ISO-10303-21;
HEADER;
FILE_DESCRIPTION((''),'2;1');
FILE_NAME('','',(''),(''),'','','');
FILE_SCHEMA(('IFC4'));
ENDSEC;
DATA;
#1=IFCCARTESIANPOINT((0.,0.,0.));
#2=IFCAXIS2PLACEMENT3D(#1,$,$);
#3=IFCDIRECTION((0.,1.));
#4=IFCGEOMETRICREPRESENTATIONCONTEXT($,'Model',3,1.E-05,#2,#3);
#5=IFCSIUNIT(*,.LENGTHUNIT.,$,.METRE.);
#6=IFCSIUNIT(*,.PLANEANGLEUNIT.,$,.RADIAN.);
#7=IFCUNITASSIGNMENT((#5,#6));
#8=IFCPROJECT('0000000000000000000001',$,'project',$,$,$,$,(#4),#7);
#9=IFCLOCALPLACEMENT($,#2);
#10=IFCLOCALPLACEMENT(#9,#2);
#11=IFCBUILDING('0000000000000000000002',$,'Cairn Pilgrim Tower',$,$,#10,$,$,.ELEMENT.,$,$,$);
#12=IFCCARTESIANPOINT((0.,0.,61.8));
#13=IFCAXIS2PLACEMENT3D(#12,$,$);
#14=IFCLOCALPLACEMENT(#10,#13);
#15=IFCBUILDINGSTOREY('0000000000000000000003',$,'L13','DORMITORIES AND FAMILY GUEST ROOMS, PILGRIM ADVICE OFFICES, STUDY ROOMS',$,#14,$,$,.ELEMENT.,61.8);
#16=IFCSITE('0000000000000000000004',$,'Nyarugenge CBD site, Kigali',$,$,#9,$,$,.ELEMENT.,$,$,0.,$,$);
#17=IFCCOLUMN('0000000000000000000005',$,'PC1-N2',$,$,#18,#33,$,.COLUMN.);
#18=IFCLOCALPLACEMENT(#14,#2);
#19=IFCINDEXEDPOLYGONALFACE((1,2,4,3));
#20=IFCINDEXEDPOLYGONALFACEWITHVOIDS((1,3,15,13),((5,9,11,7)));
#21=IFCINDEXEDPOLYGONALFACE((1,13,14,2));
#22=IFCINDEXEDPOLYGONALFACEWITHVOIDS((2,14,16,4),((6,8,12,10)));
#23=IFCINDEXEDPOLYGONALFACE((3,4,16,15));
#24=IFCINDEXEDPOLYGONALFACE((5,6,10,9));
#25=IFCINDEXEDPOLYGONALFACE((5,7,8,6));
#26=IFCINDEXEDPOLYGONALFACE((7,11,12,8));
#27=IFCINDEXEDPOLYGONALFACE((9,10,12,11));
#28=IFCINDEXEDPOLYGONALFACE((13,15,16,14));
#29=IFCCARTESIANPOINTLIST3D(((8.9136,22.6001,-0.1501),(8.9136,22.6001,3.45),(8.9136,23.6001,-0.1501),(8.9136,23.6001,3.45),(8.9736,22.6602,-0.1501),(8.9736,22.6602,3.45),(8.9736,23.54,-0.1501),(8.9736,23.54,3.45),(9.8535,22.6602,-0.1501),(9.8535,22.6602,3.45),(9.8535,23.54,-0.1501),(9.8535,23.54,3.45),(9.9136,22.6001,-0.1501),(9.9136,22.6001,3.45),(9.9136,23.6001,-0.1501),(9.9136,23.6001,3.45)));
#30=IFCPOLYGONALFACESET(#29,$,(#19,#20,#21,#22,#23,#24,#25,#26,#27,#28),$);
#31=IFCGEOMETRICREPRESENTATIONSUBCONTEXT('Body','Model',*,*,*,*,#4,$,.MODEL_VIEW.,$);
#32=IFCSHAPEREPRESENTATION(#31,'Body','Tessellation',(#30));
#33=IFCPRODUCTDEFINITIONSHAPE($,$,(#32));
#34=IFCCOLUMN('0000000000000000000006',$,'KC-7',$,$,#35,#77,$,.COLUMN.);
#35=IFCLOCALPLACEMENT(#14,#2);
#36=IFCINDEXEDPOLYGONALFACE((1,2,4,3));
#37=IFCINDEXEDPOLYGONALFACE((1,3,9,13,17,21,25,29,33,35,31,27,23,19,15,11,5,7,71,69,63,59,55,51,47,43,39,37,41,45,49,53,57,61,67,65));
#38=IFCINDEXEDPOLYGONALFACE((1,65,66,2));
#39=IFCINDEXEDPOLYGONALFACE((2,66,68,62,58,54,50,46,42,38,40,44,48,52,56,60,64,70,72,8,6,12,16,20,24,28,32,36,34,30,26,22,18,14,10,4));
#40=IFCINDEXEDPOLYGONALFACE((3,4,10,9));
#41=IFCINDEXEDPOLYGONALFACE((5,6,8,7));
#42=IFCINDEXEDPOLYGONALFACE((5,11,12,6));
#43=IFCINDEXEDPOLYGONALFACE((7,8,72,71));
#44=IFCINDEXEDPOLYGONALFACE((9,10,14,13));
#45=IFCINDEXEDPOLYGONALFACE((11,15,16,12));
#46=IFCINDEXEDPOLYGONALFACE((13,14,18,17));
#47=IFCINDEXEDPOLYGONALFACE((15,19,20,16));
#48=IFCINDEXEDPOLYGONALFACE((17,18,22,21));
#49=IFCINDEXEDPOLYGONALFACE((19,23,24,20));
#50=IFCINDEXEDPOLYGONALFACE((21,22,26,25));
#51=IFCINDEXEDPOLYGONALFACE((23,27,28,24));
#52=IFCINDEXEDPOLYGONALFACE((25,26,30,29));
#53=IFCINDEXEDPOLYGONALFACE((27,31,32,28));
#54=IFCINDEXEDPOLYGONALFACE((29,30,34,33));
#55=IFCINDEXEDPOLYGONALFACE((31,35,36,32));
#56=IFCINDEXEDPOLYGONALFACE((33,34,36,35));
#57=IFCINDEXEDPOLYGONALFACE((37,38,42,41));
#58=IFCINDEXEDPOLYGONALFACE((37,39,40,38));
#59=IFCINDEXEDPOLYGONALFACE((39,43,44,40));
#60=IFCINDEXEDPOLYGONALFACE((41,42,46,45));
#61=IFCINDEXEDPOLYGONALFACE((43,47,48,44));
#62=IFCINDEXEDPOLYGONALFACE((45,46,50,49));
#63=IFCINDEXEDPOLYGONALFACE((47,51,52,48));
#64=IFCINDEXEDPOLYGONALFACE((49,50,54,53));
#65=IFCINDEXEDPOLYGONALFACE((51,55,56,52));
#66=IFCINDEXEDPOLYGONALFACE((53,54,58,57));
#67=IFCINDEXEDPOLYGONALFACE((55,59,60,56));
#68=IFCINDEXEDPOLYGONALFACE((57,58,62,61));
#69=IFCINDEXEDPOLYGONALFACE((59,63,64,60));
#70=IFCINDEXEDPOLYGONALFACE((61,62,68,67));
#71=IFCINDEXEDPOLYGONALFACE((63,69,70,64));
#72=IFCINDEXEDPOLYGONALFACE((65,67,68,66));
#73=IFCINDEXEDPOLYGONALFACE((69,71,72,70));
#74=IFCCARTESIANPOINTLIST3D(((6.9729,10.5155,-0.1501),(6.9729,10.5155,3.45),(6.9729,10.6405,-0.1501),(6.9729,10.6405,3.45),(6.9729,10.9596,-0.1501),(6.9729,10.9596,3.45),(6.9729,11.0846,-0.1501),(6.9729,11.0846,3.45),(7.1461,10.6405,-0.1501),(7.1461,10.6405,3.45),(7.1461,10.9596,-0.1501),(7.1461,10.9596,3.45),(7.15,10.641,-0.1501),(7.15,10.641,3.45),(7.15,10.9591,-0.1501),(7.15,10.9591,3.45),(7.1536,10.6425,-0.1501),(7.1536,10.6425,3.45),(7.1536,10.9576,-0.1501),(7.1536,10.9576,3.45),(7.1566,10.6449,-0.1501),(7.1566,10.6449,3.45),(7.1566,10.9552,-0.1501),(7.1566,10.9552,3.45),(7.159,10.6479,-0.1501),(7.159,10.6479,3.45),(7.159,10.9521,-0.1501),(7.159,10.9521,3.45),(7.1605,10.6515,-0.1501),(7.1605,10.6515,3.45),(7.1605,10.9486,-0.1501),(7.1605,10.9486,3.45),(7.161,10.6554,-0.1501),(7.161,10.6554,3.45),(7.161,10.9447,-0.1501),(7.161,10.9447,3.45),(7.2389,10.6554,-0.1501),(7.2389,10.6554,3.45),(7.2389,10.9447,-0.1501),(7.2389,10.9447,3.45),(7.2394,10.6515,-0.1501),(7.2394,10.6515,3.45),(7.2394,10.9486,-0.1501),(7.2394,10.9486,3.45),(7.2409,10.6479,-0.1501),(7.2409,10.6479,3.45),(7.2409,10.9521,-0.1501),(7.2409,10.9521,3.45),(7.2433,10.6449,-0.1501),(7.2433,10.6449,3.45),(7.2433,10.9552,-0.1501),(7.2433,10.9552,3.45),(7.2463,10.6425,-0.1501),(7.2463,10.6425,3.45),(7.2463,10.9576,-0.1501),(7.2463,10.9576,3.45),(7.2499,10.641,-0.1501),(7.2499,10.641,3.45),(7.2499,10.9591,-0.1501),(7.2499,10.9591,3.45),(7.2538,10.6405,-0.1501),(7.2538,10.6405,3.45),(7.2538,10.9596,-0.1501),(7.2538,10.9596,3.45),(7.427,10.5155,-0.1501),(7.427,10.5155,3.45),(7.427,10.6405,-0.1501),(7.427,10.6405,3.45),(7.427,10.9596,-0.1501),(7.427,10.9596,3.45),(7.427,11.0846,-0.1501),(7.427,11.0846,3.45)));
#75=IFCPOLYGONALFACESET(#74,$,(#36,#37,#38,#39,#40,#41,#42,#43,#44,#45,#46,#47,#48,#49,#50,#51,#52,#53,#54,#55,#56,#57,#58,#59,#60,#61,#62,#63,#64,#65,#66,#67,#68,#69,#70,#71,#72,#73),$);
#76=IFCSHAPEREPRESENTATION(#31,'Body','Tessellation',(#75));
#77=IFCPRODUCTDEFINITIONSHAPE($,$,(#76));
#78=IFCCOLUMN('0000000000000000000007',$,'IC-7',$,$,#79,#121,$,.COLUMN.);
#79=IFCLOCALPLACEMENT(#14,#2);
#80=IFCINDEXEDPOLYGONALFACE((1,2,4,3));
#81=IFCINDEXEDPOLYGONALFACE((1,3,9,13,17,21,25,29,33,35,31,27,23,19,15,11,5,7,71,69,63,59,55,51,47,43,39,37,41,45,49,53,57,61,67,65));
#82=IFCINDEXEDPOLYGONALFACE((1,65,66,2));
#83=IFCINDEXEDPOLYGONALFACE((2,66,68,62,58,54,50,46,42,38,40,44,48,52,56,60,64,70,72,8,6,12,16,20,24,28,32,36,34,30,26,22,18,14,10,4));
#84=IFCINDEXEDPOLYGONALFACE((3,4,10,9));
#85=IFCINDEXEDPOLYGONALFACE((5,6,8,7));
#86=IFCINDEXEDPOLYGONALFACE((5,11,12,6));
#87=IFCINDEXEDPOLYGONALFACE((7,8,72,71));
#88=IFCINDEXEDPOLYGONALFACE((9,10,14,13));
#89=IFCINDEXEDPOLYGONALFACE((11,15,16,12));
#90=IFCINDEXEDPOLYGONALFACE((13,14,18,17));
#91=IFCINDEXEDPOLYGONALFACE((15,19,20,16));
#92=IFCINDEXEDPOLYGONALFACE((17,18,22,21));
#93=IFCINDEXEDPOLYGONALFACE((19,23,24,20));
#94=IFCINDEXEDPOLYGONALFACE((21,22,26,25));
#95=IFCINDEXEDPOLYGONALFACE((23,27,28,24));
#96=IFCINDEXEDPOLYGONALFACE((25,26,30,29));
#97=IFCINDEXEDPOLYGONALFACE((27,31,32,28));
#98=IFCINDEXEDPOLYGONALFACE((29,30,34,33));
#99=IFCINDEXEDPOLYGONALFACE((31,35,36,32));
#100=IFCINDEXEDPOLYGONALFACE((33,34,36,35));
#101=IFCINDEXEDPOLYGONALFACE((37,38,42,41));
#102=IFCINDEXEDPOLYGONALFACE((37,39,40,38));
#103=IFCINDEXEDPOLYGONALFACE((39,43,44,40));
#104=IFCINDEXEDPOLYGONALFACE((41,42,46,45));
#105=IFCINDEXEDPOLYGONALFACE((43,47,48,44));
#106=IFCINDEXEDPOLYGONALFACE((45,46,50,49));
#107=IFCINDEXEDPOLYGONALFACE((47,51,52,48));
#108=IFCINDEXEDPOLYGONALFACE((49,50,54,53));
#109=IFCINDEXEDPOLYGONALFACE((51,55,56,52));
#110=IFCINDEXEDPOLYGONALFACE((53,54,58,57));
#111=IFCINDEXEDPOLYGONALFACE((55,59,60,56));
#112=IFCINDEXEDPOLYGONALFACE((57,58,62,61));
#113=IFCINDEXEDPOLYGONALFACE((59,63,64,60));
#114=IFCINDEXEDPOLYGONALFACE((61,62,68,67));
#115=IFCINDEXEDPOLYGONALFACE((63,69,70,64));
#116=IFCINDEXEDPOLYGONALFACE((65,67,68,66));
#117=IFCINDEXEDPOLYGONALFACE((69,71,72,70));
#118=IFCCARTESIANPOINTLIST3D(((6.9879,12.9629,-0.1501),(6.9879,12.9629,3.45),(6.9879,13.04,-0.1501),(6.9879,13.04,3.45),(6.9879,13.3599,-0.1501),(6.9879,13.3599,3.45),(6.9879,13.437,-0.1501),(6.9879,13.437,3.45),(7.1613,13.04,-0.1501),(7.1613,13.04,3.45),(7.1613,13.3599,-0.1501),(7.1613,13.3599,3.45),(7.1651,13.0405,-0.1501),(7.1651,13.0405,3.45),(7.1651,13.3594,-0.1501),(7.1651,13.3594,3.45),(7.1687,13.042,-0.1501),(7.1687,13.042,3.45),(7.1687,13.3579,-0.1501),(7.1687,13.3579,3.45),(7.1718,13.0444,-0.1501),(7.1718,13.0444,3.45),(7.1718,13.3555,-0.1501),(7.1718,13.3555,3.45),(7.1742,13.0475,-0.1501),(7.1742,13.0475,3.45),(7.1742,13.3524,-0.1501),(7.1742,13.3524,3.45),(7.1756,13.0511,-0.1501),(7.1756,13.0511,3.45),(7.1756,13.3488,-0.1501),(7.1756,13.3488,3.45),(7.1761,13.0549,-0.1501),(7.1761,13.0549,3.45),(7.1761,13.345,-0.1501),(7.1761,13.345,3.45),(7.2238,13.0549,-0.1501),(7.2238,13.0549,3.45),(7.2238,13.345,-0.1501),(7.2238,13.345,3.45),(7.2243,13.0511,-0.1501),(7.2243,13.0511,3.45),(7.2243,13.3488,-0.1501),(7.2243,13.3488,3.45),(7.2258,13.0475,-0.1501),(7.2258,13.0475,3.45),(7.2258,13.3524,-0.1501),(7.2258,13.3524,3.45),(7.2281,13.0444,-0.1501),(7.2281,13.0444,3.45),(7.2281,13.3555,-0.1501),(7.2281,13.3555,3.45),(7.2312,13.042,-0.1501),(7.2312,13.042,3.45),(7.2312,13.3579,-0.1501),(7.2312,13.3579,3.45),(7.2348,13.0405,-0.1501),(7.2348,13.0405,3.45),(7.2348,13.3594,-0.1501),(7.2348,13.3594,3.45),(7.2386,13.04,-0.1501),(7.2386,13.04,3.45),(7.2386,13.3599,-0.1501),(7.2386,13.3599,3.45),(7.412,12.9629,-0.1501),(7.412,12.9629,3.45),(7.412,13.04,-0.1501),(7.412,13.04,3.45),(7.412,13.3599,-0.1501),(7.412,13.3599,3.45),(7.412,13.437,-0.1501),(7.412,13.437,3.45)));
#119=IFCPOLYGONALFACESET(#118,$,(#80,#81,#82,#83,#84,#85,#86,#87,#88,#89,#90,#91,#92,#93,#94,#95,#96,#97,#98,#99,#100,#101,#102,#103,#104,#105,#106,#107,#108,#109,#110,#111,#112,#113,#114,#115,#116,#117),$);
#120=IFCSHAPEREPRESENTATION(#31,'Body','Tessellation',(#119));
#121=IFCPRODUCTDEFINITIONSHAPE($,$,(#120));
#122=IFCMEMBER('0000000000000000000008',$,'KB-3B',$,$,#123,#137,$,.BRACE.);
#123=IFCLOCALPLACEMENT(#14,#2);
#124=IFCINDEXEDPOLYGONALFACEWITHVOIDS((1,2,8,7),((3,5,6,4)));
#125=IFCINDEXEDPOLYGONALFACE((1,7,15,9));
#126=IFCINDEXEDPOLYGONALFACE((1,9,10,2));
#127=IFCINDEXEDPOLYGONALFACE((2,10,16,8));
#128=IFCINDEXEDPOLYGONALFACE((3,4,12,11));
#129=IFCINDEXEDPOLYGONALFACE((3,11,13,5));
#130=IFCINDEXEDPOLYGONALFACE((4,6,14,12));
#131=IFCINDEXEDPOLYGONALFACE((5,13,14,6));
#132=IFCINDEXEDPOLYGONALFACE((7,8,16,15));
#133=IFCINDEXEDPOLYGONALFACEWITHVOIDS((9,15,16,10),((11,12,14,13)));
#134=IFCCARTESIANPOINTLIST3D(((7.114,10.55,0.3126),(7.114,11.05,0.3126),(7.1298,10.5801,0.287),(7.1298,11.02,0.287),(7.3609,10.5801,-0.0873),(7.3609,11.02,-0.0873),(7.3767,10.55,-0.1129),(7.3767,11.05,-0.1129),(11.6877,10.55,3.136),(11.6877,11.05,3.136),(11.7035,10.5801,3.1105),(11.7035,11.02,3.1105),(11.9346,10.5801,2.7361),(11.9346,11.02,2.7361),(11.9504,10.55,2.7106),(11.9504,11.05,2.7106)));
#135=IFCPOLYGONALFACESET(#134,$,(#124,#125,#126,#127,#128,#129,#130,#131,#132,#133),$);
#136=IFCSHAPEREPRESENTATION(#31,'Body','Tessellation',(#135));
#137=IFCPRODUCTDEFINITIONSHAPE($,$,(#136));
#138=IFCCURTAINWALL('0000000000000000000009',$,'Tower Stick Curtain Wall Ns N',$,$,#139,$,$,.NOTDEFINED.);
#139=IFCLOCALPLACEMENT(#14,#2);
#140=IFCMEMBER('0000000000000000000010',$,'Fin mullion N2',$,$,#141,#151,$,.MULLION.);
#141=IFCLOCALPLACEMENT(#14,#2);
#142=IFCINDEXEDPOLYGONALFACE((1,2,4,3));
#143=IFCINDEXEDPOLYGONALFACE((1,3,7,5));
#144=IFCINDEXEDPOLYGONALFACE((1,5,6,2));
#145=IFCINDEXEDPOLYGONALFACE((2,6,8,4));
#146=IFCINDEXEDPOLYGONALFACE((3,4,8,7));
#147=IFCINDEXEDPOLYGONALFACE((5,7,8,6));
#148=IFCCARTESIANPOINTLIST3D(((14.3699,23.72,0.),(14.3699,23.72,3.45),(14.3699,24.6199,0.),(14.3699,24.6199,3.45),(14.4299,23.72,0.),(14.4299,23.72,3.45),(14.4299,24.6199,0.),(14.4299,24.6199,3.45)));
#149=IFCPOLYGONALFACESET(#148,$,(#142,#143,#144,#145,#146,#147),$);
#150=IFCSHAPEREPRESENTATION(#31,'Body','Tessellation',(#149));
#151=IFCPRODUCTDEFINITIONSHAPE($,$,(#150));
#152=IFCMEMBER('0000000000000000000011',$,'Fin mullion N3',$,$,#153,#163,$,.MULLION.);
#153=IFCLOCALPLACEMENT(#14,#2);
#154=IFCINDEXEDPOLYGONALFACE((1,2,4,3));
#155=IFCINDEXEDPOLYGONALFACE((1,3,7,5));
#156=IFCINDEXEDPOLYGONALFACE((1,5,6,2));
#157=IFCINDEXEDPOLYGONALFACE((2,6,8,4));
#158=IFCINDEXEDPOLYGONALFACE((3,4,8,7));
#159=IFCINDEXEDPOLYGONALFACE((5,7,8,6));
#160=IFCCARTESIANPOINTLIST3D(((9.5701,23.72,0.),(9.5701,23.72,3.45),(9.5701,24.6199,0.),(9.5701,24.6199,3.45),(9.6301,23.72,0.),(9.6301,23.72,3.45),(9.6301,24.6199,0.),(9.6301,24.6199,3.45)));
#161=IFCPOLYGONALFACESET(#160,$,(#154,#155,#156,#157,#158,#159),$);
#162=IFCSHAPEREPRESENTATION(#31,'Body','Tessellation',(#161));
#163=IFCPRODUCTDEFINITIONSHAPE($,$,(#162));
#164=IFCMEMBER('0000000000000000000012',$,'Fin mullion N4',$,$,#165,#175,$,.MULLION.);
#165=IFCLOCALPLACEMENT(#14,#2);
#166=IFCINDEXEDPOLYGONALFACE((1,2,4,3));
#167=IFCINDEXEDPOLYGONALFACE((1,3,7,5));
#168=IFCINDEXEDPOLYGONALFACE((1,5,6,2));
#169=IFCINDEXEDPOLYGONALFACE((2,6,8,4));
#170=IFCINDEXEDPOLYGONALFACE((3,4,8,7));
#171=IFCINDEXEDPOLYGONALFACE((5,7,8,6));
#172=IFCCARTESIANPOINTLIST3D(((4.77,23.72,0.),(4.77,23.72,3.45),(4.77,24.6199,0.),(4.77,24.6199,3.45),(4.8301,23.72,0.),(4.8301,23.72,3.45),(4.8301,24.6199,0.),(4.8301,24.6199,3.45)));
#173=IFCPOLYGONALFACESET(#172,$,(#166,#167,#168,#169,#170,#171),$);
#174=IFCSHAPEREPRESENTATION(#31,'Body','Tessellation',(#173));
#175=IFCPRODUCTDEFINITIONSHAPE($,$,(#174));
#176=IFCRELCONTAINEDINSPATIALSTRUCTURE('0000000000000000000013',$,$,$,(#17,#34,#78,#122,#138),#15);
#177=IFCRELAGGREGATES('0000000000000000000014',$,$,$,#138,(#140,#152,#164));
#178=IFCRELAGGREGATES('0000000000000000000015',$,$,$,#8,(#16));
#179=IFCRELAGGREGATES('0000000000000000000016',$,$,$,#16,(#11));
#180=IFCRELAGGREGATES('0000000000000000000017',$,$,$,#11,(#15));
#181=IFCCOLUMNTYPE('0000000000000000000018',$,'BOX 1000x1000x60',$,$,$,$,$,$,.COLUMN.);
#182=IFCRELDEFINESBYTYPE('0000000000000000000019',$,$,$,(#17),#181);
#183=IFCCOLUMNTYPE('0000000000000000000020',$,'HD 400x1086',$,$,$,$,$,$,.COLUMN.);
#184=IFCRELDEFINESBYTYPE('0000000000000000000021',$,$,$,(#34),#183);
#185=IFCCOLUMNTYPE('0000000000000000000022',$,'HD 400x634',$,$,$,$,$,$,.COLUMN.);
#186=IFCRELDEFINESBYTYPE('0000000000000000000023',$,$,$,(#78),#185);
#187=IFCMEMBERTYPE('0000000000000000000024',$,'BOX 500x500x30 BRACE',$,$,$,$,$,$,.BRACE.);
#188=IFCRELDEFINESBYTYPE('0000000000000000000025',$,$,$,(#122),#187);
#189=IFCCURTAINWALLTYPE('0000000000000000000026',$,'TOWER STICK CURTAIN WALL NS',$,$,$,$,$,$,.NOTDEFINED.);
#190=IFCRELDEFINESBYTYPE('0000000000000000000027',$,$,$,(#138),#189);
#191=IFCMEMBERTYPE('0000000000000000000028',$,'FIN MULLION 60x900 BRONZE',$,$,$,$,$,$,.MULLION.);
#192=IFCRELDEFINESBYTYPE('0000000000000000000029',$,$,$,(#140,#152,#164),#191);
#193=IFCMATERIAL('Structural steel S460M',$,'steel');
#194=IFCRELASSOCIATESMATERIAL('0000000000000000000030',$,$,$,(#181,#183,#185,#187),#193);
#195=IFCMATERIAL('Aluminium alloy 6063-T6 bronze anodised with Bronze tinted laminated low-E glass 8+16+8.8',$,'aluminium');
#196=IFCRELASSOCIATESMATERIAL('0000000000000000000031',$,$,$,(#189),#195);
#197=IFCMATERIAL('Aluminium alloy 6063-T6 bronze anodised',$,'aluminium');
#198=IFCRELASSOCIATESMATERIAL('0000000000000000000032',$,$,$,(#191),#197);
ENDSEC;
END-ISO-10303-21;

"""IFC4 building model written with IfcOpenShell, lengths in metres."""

from ifc_helpers import new_model, si_unit, direction, frame, origin, origin_2d, place, context, subcontext, project, spatial, rectangle, hollow_rectangle, i_section, extrude, material, material_profile, profile_set, type_object, element, aggregate, save


model = new_model("IFC4")

# Units and contexts
model_context = context("Model", 3, precision=1e-05, world=origin(), true_north=direction((0.0, 1.0)))
body_context = subcontext(model_context, "Body", "Model", "MODEL_VIEW")
ifc_project = project(units=[si_unit("LENGTHUNIT", "METRE"), si_unit("PLANEANGLEUNIT", "RADIAN")], contexts=[model_context])

# Site, building, storey
site_placement = place(None, origin())
site = spatial("IfcSite", under=ifc_project, at=site_placement, Name="Nyarugenge CBD site, Kigali", CompositionType="ELEMENT", RefElevation=0.0)
building_placement = place(site_placement, origin())
building = spatial("IfcBuilding", under=site, at=building_placement, Name="Cairn Pilgrim Tower", CompositionType="ELEMENT")
storey_placement = place(building_placement, frame((0.0, 0.0, 61.8)))
storey = spatial("IfcBuildingStorey", under=building, at=storey_placement, Name="L13", Description="DORMITORIES AND FAMILY GUEST ROOMS, PILGRIM ADVICE OFFICES, STUDY ROOMS", CompositionType="ELEMENT", Elevation=61.8)

# Columns
ifc_material_1 = material(Name="Structural steel S460M", Category="steel")
ifc_material_profile_1 = material_profile(ifc_material_1, hollow_rectangle(XDim=1.0, YDim=1.0, WallThickness=0.0601, at=origin_2d()), Name="BOX 1000x1000x60")
ifc_profile_set_1 = profile_set([ifc_material_profile_1], Name="Structural steel S460M")
column_type_1 = type_object("IfcColumnType", Name="BOX 1000x1000x60", PredefinedType="COLUMN", material=ifc_profile_set_1)
column_1_placement = place(storey_placement, frame((9.4136, 23.1001, -0.1501), z_axis=(0.0, 0.0, 1.0), x_axis=(1.0, 0.0, 0.0)))
element("IfcColumn", 1, at=column_1_placement, inside=storey, type_object=column_type_1, Name="PC1-N2", PredefinedType="COLUMN", context=body_context, shape_type="SweptSolid", body=[
    extrude(hollow_rectangle(XDim=1.0, YDim=1.0, WallThickness=0.0601, at=origin_2d()), origin(), (0.0, 0.0, 1.0), 3.6001),
])
ifc_material_profile_2 = material_profile(ifc_material_1, i_section(OverallWidth=0.4541, OverallDepth=0.5691, WebThickness=0.0779, FlangeThickness=0.125, FilletRadius=0.0149, at=origin_2d()), Name="HD 400x1086")
ifc_profile_set_2 = profile_set([ifc_material_profile_2], Name="Structural steel S460M")
column_type_2 = type_object("IfcColumnType", Name="HD 400x1086", PredefinedType="COLUMN", material=ifc_profile_set_2)
column_2_placement = place(storey_placement, frame((7.2, 10.8, -0.1501), z_axis=(0.0, 0.0, 1.0), x_axis=(1.0, 0.0, 0.0)))
element("IfcColumn", 2, at=column_2_placement, inside=storey, type_object=column_type_2, Name="KC-7", PredefinedType="COLUMN", context=body_context, shape_type="SweptSolid", body=[
    extrude(i_section(OverallWidth=0.4541, OverallDepth=0.5691, WebThickness=0.0779, FlangeThickness=0.125, FilletRadius=0.0149, at=origin_2d()), origin(), (0.0, 0.0, 1.0), 3.6001),
])
ifc_material_profile_3 = material_profile(ifc_material_1, i_section(OverallWidth=0.4241, OverallDepth=0.4741, WebThickness=0.0476, FlangeThickness=0.0771, FilletRadius=0.0149, at=origin_2d()), Name="HD 400x634")
ifc_profile_set_3 = profile_set([ifc_material_profile_3], Name="Structural steel S460M")
column_type_3 = type_object("IfcColumnType", Name="HD 400x634", PredefinedType="COLUMN", material=ifc_profile_set_3)
column_3_placement = place(storey_placement, frame((7.2, 13.2, -0.1501), z_axis=(0.0, 0.0, 1.0), x_axis=(1.0, 0.0, 0.0)))
element("IfcColumn", 3, at=column_3_placement, inside=storey, type_object=column_type_3, Name="IC-7", PredefinedType="COLUMN", context=body_context, shape_type="SweptSolid", body=[
    extrude(i_section(OverallWidth=0.4241, OverallDepth=0.4741, WebThickness=0.0476, FlangeThickness=0.0771, FilletRadius=0.0149, at=origin_2d()), origin(), (0.0, 0.0, 1.0), 3.6001),
])

# Member
ifc_material_profile_4 = material_profile(ifc_material_1, hollow_rectangle(XDim=0.5, YDim=0.5, WallThickness=0.03, at=origin_2d()), Name="BOX 500x500x30")
ifc_profile_set_4 = profile_set([ifc_material_profile_4], Name="Structural steel S460M")
member_type_1 = type_object("IfcMemberType", Name="BOX 500x500x30 BRACE", PredefinedType="BRACE", material=ifc_profile_set_4)
member_1_placement = place(storey_placement, frame((7.2454, 10.8, 0.0999), z_axis=(0.85092, 0.0, 0.525296), x_axis=(0.0, 1.0, 0.0)))
element("IfcMember", 4, at=member_1_placement, inside=storey, type_object=member_type_1, Name="KB-3B", PredefinedType="BRACE", context=body_context, shape_type="SweptSolid", body=[
    extrude(hollow_rectangle(XDim=0.5, YDim=0.5, WallThickness=0.03, at=origin_2d()), origin(), (0.0, 0.0, 1.0), 5.375),
])

# Curtain wall, members
ifc_material_2 = material(Name="Aluminium alloy 6063-T6 bronze anodised with Bronze tinted laminated low-E glass 8+16+8.8", Category="aluminium")
curtain_wall_type = type_object("IfcCurtainWallType", Name="TOWER STICK CURTAIN WALL NS", PredefinedType="NOTDEFINED", material=ifc_material_2)
curtain_wall_placement = place(storey_placement, origin())
curtain_wall = element("IfcCurtainWall", 5, at=curtain_wall_placement, inside=storey, type_object=curtain_wall_type, Name="Tower Stick Curtain Wall Ns N", PredefinedType="NOTDEFINED")
ifc_material_3 = material(Name="Aluminium alloy 6063-T6 bronze anodised", Category="aluminium")
ifc_material_profile_5 = material_profile(ifc_material_3, rectangle(XDim=0.8999, YDim=0.0601, at=origin_2d()), Name="FIN MULLION 60x900 BRONZE")
ifc_profile_set_5 = profile_set([ifc_material_profile_5], Name="Aluminium alloy 6063-T6 bronze anodised")
member_type_2 = type_object("IfcMemberType", Name="FIN MULLION 60x900 BRONZE", PredefinedType="MULLION", material=ifc_profile_set_5)
member_2_placement = place(storey_placement, frame((14.3999, 24.1699, 0.0), z_axis=(0.0, 0.0, 1.0), x_axis=(0.0, 1.0, 0.0)))
member_2 = element("IfcMember", 6, at=member_2_placement, type_object=member_type_2, Name="Fin mullion N2", PredefinedType="MULLION", context=body_context, shape_type="SweptSolid", body=[
    extrude(rectangle(XDim=0.8999, YDim=0.0601, at=origin_2d()), origin(), (0.0, 0.0, 1.0), 3.45),
])
member_3_placement = place(storey_placement, frame((9.6001, 24.1699, 0.0), z_axis=(0.0, 0.0, 1.0), x_axis=(0.0, 1.0, 0.0)))
member_3 = element("IfcMember", 7, at=member_3_placement, type_object=member_type_2, Name="Fin mullion N3", PredefinedType="MULLION", context=body_context, shape_type="SweptSolid", body=[
    extrude(rectangle(XDim=0.8999, YDim=0.0601, at=origin_2d()), origin(), (0.0, 0.0, 1.0), 3.45),
])
member_4_placement = place(storey_placement, frame((4.8, 24.1699, 0.0), z_axis=(0.0, 0.0, 1.0), x_axis=(0.0, 1.0, 0.0)))
member_4 = element("IfcMember", 8, at=member_4_placement, type_object=member_type_2, Name="Fin mullion N4", PredefinedType="MULLION", context=body_context, shape_type="SweptSolid", body=[
    extrude(rectangle(XDim=0.8999, YDim=0.0601, at=origin_2d()), origin(), (0.0, 0.0, 1.0), 3.45),
])

aggregate(curtain_wall, [member_2, member_3, member_4])

save(model, "model.ifc")
